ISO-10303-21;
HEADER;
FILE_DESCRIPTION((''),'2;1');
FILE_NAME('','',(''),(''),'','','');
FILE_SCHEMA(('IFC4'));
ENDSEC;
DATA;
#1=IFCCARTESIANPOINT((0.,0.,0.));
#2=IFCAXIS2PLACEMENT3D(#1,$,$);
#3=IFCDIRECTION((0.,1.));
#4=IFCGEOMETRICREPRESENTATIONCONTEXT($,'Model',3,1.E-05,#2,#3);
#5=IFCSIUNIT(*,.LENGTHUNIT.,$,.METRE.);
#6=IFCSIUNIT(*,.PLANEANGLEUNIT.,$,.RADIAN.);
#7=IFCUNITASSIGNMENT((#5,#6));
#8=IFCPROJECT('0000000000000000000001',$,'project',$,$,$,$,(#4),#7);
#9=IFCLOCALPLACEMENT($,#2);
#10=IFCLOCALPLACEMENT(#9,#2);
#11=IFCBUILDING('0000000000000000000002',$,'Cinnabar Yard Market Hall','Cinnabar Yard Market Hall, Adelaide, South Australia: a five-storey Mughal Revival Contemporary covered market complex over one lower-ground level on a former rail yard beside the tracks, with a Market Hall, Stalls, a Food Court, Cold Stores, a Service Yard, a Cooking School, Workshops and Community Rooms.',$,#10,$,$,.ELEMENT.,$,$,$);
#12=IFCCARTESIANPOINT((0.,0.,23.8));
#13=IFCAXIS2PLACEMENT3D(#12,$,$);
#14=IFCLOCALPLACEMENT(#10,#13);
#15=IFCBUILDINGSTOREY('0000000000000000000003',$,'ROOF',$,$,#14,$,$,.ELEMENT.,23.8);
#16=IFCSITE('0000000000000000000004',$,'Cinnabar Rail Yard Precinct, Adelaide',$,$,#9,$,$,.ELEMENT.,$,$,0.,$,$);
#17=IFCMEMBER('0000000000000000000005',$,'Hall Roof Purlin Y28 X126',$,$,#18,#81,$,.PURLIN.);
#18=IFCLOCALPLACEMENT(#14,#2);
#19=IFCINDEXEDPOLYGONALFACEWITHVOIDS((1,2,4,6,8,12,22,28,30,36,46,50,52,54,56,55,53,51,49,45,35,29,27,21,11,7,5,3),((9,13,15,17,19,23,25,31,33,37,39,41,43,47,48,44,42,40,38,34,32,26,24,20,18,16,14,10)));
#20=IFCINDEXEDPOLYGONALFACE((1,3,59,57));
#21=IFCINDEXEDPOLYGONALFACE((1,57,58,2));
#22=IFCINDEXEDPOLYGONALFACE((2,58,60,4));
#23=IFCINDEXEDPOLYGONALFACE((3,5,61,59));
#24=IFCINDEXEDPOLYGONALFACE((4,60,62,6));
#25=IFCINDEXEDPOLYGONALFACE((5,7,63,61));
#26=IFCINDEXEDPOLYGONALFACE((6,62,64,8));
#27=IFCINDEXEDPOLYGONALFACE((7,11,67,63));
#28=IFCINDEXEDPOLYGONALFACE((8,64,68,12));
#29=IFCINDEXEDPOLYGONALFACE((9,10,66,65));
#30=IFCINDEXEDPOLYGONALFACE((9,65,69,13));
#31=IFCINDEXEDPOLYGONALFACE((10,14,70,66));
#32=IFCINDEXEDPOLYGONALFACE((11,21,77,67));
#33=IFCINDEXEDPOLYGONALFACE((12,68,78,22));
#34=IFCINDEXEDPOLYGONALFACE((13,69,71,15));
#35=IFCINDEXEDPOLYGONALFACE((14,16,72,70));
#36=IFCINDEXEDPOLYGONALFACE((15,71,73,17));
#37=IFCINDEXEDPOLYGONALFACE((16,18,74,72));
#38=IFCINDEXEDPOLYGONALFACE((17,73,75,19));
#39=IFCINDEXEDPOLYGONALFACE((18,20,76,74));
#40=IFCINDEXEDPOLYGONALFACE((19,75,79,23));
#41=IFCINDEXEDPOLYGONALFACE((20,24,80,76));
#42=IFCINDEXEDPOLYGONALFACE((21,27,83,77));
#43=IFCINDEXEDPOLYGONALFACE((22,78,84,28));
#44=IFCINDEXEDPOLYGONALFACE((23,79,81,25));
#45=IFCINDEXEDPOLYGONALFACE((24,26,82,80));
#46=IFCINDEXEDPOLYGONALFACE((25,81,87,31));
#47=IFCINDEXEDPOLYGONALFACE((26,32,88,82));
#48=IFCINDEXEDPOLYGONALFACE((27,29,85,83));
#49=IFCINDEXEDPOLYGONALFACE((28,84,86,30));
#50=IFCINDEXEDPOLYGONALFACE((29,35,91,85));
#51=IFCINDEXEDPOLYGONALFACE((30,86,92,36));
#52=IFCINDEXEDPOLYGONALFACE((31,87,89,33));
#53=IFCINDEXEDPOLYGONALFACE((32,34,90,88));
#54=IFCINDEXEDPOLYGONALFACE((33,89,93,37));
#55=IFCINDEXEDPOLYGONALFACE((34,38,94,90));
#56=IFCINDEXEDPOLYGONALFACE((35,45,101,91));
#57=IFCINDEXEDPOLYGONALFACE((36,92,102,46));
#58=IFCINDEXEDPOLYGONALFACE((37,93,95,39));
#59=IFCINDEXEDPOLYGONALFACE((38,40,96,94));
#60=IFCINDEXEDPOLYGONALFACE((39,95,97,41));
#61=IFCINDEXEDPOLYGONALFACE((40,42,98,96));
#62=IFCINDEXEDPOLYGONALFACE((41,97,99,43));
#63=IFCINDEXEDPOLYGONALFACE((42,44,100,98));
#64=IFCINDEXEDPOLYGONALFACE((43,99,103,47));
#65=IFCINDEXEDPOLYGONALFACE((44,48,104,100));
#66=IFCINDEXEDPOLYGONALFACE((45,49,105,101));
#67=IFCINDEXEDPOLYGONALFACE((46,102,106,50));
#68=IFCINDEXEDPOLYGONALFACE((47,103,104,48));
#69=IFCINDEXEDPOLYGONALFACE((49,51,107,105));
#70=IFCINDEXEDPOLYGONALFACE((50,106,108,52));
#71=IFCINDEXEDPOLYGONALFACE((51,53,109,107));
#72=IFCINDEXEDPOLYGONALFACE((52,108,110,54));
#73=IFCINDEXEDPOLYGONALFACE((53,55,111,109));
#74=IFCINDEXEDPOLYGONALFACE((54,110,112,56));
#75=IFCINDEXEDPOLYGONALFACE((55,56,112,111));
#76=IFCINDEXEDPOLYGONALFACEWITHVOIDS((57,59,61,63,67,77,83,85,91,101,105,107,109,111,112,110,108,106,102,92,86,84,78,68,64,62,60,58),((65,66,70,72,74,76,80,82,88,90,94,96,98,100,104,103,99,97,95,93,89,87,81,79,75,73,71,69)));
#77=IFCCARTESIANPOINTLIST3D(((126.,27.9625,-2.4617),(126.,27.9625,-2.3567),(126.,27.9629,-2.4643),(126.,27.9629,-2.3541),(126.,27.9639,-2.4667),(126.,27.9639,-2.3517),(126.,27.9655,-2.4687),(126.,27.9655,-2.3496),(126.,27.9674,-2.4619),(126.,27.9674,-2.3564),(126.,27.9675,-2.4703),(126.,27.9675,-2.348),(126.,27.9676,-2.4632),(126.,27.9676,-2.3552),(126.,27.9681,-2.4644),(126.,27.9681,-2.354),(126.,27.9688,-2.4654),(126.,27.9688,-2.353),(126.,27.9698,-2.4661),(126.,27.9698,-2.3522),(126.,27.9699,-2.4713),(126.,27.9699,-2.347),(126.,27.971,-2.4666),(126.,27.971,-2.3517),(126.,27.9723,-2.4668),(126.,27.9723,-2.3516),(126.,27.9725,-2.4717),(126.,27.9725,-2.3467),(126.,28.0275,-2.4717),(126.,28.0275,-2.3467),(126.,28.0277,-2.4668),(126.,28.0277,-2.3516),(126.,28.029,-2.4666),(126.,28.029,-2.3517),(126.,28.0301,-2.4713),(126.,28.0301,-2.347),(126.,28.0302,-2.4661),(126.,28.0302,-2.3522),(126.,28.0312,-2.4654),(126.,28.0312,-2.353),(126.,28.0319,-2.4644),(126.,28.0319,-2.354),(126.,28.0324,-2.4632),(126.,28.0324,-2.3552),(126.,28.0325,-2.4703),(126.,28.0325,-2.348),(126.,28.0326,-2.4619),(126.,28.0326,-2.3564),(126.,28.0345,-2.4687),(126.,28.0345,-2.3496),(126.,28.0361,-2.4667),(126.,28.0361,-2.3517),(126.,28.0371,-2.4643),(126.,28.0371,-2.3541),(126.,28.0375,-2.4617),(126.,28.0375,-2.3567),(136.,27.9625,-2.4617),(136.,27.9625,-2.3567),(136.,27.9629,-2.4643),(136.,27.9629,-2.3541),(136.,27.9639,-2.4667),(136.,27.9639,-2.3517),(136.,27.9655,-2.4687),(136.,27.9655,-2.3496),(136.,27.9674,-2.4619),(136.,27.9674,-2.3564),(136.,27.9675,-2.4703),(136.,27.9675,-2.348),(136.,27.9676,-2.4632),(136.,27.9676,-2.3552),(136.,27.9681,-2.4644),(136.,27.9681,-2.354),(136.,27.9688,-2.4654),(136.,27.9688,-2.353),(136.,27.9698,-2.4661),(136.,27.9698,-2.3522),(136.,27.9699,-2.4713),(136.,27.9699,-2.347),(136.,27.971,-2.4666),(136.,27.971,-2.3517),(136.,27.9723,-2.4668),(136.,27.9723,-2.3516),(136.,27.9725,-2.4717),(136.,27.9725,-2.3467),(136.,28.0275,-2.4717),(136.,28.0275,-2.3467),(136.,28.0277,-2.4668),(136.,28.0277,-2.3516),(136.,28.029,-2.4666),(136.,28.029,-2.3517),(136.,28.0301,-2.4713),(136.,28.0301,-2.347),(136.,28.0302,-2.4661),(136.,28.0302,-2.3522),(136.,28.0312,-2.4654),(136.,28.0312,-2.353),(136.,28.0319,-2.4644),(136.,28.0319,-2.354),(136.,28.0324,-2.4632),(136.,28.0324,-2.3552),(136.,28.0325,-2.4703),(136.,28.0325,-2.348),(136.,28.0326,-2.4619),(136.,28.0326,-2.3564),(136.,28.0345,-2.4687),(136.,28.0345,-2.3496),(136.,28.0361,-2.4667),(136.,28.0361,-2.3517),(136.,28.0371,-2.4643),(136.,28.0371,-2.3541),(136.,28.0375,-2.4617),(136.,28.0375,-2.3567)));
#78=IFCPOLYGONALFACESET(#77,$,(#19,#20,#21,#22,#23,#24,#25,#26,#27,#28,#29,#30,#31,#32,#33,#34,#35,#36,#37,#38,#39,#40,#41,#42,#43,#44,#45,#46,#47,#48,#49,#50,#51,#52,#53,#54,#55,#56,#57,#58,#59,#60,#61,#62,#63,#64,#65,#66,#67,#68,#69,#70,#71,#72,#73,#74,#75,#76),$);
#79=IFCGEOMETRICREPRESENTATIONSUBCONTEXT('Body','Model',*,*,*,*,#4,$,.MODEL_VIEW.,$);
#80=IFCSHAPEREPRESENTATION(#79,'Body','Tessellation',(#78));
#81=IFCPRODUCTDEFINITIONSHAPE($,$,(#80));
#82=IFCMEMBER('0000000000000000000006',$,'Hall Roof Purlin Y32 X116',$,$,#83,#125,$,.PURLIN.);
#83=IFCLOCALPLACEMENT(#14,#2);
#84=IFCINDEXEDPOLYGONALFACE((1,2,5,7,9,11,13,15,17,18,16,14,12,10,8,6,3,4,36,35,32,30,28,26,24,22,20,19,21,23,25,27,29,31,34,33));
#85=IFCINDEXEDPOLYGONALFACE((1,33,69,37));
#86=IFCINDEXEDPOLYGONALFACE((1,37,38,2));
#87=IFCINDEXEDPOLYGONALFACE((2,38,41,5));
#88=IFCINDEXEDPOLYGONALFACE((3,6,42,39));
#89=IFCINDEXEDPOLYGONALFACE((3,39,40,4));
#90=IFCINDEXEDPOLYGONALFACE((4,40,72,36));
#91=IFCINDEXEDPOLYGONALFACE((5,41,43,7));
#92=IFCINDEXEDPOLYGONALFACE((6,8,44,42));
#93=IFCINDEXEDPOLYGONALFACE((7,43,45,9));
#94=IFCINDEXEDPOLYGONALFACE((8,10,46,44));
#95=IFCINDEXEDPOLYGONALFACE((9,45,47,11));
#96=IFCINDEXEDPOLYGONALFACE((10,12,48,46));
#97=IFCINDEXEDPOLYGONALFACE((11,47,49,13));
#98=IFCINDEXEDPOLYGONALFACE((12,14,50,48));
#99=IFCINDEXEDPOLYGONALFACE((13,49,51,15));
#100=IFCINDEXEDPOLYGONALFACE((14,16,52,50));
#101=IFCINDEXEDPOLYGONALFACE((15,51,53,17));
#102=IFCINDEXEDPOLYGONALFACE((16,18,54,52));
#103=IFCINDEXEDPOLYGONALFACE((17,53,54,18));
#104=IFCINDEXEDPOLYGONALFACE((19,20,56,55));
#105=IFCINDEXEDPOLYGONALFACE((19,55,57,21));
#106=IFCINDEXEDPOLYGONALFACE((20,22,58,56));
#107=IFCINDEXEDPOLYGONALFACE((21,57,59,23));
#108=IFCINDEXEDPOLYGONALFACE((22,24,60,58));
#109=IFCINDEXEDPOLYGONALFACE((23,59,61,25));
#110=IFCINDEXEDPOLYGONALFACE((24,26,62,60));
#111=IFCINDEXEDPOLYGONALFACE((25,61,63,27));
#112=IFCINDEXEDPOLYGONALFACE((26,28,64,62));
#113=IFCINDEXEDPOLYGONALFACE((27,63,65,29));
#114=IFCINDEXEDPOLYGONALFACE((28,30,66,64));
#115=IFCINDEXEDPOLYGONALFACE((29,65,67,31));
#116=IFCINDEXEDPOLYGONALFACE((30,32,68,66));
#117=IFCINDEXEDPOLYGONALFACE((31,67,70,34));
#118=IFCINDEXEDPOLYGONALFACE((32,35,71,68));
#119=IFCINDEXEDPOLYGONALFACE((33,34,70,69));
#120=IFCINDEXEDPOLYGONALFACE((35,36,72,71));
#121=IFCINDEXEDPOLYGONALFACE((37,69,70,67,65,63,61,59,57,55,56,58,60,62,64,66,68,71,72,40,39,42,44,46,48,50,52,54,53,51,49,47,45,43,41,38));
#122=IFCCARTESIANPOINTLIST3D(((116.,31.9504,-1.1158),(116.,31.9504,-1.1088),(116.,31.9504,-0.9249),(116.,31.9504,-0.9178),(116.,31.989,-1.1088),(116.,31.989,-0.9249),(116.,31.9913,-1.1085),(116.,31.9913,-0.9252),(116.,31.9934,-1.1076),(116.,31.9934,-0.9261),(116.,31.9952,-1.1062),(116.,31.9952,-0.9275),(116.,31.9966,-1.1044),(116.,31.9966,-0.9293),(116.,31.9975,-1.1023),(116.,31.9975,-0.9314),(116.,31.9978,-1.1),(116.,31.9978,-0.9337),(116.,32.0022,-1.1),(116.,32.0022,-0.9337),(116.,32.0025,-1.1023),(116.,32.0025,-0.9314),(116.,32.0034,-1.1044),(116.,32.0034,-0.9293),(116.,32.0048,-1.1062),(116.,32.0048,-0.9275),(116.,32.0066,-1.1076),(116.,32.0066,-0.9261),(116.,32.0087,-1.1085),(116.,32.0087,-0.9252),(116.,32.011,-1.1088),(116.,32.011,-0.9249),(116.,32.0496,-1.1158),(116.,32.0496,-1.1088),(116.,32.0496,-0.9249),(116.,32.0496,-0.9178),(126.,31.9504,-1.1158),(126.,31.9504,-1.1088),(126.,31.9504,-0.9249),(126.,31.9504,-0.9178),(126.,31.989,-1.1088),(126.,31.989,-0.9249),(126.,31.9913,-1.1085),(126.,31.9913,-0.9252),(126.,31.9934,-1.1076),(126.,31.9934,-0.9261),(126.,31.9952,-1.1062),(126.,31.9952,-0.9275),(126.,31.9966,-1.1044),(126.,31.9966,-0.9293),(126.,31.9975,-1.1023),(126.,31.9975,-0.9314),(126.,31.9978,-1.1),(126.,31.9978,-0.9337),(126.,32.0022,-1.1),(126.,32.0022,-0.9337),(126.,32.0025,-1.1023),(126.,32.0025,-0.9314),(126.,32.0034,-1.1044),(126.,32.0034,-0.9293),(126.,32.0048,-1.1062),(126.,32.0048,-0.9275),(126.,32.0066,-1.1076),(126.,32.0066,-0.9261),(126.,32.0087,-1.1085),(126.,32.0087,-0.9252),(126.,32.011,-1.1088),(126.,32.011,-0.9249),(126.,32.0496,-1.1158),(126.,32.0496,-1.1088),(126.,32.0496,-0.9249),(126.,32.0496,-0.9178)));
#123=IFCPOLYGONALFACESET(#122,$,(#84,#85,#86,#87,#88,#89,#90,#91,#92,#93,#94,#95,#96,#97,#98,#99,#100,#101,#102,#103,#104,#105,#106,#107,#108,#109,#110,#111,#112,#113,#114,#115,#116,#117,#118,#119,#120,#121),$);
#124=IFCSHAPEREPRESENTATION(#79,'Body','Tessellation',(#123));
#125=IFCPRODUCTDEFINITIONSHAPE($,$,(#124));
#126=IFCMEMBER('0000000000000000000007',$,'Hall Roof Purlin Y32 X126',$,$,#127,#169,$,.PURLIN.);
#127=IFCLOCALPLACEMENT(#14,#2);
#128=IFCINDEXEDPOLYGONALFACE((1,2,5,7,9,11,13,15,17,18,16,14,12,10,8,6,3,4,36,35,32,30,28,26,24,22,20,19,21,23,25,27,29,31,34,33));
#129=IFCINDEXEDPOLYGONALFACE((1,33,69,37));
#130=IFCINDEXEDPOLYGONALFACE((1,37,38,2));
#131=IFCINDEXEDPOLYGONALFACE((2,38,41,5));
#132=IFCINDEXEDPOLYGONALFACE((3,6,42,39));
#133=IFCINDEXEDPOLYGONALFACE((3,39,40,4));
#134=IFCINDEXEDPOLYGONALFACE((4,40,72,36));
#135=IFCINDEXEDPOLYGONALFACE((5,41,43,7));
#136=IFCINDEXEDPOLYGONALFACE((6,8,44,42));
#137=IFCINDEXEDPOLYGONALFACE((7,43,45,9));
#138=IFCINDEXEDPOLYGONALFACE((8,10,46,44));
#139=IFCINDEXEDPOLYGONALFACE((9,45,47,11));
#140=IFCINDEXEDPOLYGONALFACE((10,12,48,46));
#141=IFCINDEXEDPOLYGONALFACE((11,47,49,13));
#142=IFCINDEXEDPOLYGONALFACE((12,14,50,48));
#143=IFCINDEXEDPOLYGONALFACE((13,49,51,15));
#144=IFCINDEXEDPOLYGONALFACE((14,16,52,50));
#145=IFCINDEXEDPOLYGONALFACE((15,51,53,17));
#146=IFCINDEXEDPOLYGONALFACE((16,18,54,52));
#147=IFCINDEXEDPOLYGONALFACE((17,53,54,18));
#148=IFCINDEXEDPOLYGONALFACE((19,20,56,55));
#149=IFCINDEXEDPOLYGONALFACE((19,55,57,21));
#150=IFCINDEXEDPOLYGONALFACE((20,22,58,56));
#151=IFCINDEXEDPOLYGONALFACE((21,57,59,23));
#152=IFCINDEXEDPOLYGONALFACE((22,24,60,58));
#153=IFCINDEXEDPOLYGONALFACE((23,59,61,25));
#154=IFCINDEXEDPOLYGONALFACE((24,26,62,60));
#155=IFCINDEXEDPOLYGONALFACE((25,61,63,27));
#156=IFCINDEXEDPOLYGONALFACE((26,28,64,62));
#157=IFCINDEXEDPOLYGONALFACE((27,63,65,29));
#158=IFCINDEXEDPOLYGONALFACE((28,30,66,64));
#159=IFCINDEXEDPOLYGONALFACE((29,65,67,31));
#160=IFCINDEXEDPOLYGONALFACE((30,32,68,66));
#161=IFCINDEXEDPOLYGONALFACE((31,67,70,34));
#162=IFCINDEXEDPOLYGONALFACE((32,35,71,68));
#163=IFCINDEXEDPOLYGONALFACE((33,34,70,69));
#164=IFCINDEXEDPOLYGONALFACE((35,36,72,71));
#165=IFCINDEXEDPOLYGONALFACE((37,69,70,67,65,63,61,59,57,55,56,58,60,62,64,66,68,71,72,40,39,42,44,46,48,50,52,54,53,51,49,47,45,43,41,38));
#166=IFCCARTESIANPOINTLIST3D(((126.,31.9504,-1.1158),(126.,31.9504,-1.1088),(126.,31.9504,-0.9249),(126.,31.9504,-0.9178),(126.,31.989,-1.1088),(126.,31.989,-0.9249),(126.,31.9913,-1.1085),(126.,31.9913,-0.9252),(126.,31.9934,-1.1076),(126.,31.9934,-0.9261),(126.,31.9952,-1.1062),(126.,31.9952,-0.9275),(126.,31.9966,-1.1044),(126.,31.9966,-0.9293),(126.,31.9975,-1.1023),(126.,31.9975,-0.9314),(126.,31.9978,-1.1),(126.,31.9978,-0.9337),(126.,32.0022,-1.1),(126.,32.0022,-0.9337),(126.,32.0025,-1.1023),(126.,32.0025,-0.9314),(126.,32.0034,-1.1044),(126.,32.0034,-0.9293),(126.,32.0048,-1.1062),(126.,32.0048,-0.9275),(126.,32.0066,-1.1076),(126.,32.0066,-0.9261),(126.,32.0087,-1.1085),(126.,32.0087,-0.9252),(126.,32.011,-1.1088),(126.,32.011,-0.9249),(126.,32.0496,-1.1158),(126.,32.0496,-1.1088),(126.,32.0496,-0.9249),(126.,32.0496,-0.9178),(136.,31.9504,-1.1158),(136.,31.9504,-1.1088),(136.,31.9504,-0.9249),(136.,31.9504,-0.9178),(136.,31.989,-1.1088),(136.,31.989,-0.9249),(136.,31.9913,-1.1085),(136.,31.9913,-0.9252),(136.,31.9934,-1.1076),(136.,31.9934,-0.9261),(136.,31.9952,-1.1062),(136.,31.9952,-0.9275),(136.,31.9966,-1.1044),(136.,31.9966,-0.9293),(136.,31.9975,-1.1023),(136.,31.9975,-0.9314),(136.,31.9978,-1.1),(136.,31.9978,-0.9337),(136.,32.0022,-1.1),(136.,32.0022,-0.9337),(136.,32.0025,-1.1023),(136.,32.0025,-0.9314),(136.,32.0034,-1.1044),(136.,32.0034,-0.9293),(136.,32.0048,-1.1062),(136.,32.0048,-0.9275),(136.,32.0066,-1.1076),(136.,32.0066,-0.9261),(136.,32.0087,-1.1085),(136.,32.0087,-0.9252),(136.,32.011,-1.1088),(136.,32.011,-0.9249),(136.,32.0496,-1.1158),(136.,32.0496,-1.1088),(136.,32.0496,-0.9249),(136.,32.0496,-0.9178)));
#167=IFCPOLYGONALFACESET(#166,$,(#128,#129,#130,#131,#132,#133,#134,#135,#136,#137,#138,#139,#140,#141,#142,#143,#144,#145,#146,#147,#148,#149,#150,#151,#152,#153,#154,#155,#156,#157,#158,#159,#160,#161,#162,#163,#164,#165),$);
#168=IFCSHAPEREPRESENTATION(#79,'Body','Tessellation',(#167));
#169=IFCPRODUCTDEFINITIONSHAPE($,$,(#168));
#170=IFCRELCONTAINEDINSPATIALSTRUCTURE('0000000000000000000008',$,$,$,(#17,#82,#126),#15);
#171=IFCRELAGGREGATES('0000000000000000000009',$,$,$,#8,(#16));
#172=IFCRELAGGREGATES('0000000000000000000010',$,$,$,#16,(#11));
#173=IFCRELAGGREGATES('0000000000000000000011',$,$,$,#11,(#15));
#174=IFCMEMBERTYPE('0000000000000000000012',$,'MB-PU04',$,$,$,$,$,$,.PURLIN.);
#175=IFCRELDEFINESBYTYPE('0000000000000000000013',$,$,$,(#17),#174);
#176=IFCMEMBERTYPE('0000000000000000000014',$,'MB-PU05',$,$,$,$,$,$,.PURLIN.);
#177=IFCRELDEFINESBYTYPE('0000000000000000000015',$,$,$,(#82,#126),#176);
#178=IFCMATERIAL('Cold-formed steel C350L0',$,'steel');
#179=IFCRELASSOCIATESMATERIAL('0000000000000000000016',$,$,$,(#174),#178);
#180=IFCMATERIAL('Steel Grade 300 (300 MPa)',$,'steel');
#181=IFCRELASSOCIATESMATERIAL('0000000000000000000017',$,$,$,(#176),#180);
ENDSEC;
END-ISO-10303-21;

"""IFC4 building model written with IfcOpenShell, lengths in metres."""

from ifc_helpers import new_model, si_unit, direction, frame, origin, origin_2d_with_axis, place, context, subcontext, project, spatial, hollow_rectangle, i_section, extrude, material, material_profile, profile_set, type_object, element, save


model = new_model("IFC4")

# Units and contexts
model_context = context("Model", 3, precision=1e-05, world=origin(), true_north=direction((0.0, 1.0)))
body_context = subcontext(model_context, "Body", "Model", "MODEL_VIEW")
ifc_project = project(units=[si_unit("LENGTHUNIT", "METRE"), si_unit("PLANEANGLEUNIT", "RADIAN")], contexts=[model_context])

# Site, building, storey
site_placement = place(None, origin())
site = spatial("IfcSite", under=ifc_project, at=site_placement, Name="Cinnabar Rail Yard Precinct, Adelaide", CompositionType="ELEMENT", RefElevation=0.0)
building_placement = place(site_placement, origin())
building = spatial("IfcBuilding", under=site, at=building_placement, Name="Cinnabar Yard Market Hall", Description="Cinnabar Yard Market Hall, Adelaide, South Australia: a five-storey Mughal Revival Contemporary covered market complex over one lower-ground level on a former rail yard beside the tracks, with a Market Hall, Stalls, a Food Court, Cold Stores, a Service Yard, a Cooking School, Workshops and Community Rooms.", CompositionType="ELEMENT")
storey_placement = place(building_placement, frame((0.0, 0.0, 23.8)))
storey = spatial("IfcBuildingStorey", under=building, at=storey_placement, Name="ROOF", CompositionType="ELEMENT", Elevation=23.8)

# Shared definitions
ifc_material_1 = material(Name="Steel Grade 300 (300 MPa)", Category="steel")

# Members
ifc_material_2 = material(Name="Cold-formed steel C350L0", Category="steel")
ifc_material_profile_1 = material_profile(ifc_material_2, hollow_rectangle(XDim=0.075, YDim=0.125, WallThickness=0.0049, InnerFilletRadius=0.0049, OuterFilletRadius=0.01, at=origin_2d_with_axis()), Name="125x75x5.0RHS")
ifc_profile_set_1 = profile_set([ifc_material_profile_1], Name="Cold-formed steel C350L0")
member_type_1 = type_object("IfcMemberType", Name="MB-PU04", PredefinedType="PURLIN", material=ifc_profile_set_1)
for number, where, z_axis, x_axis, name in (
    (1, (126.0, 28.0, -2.4092), (1.0, 0.0, 0.0), (0.0, 1.0, 0.0), "Hall Roof Purlin Y28 X126"),
):
    element("IfcMember", number, at=place(storey_placement, frame(where, z_axis=z_axis, x_axis=x_axis)), inside=storey, type_object=member_type_1, Name=name, PredefinedType="PURLIN", context=body_context, shape_type="SweptSolid", body=[
        extrude(hollow_rectangle(XDim=0.075, YDim=0.125, WallThickness=0.0049, InnerFilletRadius=0.0049, OuterFilletRadius=0.01, at=origin_2d_with_axis()), origin(), (0.0, 0.0, 1.0), 10.0),
    ])
ifc_material_profile_2 = material_profile(ifc_material_1, i_section(OverallWidth=0.0991, OverallDepth=0.198, WebThickness=0.0044, FlangeThickness=0.0071, FilletRadius=0.0088, at=origin_2d_with_axis()), Name="200UB18.2")
ifc_profile_set_2 = profile_set([ifc_material_profile_2], Name="Steel Grade 300 (300 MPa)")
member_type_2 = type_object("IfcMemberType", Name="MB-PU05", PredefinedType="PURLIN", material=ifc_profile_set_2)
for number, where, z_axis, x_axis, name in (
    (2, (116.0, 32.0, -1.0168), (1.0, 0.0, 0.0), (0.0, 1.0, 0.0), "Hall Roof Purlin Y32 X116"),
    (3, (126.0, 32.0, -1.0168), (1.0, 0.0, 0.0), (0.0, 1.0, 0.0), "Hall Roof Purlin Y32 X126"),
):
    element("IfcMember", number, at=place(storey_placement, frame(where, z_axis=z_axis, x_axis=x_axis)), inside=storey, type_object=member_type_2, Name=name, PredefinedType="PURLIN", context=body_context, shape_type="SweptSolid", body=[
        extrude(i_section(OverallWidth=0.0991, OverallDepth=0.198, WebThickness=0.0044, FlangeThickness=0.0071, FilletRadius=0.0088, at=origin_2d_with_axis()), origin(), (0.0, 0.0, 1.0), 10.0),
    ])

save(model, "model.ifc")
